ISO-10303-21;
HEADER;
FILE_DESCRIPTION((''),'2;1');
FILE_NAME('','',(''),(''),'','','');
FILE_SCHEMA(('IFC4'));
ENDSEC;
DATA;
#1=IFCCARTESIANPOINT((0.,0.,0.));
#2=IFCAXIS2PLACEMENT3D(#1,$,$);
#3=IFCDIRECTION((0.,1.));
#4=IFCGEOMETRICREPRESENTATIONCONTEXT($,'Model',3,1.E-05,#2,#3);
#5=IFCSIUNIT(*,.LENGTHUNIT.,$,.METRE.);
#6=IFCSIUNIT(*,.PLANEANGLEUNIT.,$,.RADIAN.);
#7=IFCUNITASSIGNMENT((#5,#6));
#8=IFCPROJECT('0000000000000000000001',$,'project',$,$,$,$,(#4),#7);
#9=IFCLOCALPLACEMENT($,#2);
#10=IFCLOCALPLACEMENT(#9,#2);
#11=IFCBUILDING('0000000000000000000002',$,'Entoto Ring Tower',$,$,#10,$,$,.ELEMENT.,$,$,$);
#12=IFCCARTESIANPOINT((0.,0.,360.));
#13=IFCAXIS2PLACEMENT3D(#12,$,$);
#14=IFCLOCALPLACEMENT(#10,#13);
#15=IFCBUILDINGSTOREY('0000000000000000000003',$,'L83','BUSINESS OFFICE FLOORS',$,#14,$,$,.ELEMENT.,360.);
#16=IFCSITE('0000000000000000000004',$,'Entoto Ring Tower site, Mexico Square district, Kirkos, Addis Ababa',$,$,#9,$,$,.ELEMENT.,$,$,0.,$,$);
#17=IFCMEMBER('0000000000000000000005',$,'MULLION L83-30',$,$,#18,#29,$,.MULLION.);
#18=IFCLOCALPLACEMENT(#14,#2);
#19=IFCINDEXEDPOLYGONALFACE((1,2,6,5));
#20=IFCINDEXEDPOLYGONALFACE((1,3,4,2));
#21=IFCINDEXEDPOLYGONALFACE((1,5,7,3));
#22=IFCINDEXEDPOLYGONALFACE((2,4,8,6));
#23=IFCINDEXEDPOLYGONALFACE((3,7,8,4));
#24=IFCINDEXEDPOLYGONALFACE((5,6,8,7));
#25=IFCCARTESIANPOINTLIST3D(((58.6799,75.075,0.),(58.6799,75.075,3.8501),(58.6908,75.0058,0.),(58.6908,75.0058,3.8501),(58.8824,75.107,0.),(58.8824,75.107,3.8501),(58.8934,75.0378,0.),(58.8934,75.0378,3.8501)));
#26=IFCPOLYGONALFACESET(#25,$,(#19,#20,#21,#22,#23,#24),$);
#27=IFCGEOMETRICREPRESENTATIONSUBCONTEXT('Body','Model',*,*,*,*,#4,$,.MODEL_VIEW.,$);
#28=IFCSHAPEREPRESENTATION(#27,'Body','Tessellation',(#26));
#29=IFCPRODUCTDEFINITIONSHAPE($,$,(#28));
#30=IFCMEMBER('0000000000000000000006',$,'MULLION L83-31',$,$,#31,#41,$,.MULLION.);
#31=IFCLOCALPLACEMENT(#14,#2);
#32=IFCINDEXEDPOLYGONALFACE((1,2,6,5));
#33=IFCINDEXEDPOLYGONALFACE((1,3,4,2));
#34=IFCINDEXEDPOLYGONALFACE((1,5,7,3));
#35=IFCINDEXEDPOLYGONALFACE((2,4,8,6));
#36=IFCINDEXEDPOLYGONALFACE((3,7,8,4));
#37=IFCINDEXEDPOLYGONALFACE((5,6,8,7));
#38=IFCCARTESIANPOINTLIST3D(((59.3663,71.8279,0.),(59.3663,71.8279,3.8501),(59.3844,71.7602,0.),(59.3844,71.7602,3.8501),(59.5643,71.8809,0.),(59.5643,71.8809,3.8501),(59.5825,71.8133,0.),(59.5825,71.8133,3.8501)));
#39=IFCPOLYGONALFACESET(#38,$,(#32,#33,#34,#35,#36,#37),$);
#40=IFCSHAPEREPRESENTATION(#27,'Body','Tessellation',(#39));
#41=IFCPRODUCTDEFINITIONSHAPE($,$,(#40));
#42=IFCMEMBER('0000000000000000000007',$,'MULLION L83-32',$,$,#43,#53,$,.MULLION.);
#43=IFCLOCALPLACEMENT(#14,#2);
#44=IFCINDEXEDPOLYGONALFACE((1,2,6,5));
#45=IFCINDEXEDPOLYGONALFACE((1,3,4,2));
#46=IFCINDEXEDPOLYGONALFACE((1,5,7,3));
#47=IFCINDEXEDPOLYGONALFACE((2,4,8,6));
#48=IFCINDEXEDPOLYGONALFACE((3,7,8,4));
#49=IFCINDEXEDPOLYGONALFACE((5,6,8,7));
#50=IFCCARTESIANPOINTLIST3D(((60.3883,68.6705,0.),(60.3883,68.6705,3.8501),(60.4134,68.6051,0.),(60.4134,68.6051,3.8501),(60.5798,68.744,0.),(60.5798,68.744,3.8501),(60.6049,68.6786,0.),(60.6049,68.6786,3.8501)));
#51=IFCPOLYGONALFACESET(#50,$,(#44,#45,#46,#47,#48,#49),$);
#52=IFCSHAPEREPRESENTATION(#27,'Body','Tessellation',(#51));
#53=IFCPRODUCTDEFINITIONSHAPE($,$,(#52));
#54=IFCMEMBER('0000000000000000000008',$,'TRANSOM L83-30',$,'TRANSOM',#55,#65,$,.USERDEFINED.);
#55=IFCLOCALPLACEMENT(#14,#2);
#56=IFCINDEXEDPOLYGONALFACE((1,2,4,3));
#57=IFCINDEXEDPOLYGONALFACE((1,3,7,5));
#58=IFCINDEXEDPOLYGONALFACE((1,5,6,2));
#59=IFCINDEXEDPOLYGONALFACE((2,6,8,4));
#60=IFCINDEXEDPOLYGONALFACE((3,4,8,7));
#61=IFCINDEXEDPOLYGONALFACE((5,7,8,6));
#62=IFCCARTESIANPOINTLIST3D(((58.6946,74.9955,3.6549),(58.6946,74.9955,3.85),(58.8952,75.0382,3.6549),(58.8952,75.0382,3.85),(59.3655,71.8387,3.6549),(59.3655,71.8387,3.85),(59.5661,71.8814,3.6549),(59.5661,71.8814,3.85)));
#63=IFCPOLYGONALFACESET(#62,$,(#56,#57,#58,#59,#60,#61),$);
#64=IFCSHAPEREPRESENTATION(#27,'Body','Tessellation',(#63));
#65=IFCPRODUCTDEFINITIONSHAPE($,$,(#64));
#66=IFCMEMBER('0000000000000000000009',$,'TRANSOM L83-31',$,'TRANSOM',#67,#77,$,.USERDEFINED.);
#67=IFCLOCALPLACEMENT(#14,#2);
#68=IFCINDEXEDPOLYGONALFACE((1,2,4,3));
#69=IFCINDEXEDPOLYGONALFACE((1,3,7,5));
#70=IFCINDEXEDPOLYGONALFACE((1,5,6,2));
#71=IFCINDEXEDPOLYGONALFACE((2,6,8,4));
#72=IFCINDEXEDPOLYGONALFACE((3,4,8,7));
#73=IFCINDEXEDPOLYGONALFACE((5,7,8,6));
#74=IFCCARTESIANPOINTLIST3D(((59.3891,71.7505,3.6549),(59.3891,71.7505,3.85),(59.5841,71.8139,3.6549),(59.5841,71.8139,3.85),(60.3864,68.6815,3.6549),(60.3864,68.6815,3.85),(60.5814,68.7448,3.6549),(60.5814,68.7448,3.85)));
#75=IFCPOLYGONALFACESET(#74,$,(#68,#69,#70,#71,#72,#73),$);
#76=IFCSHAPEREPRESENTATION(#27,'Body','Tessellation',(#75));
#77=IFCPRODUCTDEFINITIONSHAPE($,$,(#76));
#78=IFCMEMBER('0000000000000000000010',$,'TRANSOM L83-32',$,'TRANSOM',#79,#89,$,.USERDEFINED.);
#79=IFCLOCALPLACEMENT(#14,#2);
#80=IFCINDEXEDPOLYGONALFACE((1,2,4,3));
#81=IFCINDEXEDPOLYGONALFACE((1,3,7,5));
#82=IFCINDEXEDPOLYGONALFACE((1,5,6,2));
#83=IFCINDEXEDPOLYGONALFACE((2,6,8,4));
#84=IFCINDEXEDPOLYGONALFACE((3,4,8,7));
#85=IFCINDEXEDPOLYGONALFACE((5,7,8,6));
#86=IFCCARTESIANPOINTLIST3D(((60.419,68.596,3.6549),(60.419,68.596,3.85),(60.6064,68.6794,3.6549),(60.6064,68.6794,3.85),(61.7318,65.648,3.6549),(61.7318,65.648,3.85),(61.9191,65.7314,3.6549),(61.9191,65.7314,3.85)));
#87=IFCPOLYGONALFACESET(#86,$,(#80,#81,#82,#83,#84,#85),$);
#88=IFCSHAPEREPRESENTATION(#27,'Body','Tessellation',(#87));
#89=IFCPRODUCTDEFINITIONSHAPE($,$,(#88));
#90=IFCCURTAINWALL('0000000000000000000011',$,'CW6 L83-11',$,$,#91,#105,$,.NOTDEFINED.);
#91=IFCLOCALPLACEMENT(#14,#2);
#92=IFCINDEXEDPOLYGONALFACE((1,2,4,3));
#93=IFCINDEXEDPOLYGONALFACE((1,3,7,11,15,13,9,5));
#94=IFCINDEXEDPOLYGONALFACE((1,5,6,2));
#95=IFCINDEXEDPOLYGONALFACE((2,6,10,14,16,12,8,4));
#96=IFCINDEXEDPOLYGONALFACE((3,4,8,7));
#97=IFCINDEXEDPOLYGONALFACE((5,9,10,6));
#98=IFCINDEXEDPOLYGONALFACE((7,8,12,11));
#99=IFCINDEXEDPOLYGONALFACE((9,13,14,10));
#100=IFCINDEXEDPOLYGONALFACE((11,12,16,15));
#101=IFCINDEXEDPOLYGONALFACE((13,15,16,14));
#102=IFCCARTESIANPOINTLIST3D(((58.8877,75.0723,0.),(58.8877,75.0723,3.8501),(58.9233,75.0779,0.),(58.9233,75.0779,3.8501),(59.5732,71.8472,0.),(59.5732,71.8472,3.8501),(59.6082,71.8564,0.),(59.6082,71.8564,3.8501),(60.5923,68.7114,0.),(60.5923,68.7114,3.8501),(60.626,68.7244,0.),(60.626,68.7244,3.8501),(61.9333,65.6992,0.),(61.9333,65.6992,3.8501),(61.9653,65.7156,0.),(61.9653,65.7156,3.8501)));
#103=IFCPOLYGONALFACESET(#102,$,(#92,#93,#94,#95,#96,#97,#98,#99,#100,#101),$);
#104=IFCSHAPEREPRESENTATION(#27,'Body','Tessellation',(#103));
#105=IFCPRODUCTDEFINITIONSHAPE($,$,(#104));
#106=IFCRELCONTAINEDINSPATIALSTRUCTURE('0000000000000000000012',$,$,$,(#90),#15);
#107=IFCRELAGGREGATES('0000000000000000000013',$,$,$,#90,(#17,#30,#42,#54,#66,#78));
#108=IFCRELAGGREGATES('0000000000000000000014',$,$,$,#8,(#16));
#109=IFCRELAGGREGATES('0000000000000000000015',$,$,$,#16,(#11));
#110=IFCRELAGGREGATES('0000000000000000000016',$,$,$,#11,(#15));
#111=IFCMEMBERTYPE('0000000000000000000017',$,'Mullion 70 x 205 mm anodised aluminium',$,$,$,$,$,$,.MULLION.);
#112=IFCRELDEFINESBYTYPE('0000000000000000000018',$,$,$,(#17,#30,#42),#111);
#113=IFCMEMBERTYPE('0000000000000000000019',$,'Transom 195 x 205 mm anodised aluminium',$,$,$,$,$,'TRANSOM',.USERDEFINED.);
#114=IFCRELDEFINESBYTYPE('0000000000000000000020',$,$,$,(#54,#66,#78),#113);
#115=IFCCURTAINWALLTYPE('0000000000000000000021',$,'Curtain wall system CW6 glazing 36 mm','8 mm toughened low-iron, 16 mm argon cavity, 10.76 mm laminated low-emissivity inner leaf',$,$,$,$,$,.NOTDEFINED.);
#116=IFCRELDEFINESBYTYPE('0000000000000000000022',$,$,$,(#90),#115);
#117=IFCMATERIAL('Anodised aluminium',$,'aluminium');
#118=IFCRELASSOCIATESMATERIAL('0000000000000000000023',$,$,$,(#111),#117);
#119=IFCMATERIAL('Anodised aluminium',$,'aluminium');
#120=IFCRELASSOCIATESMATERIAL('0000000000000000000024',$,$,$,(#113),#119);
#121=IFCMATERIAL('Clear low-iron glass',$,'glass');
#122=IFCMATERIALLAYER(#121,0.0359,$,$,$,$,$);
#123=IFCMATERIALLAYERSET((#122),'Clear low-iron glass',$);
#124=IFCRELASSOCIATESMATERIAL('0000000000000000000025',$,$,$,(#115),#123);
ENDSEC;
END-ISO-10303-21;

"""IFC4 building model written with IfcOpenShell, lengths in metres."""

from ifc_helpers import new_model, si_unit, direction, frame, origin, origin_2d, place, context, subcontext, project, spatial, polyline, rectangle, outline, extrude, material, layer, layer_set, material_profile, profile_set, type_object, element, aggregate, save


model = new_model("IFC4")

# Units and contexts
model_context = context("Model", 3, precision=1e-05, world=origin(), true_north=direction((0.0, 1.0)))
body_context = subcontext(model_context, "Body", "Model", "MODEL_VIEW")
ifc_project = project(units=[si_unit("LENGTHUNIT", "METRE"), si_unit("PLANEANGLEUNIT", "RADIAN")], contexts=[model_context])

# Members
ifc_material_1 = material(Name="Anodised aluminium", Category="aluminium")
ifc_material_profile_1 = material_profile(ifc_material_1, rectangle(XDim=0.0701, YDim=0.2051, at=origin_2d()), Name="Mullion 70 x 205 mm anodised aluminium")
ifc_profile_set_1 = profile_set([ifc_material_profile_1], Name="Anodised aluminium")
member_type_1 = type_object("IfcMemberType", Name="Mullion 70 x 205 mm anodised aluminium", PredefinedType="MULLION", material=ifc_profile_set_1)
site_placement = place(None, origin())
building_placement = place(site_placement, origin())
storey_placement = place(building_placement, frame((0.0, 0.0, 360.0)))
member_1_placement = place(storey_placement, frame((58.7866, 75.0564, 0.0), z_axis=(0.0, 0.0, 1.0), x_axis=(0.156434, -0.987688, 0.0)))
member_1 = element("IfcMember", 1, at=member_1_placement, type_object=member_type_1, Name="MULLION L83-30", PredefinedType="MULLION", context=body_context, shape_type="SweptSolid", body=[
    extrude(rectangle(XDim=0.0701, YDim=0.2051, at=origin_2d()), origin(), (0.0, 0.0, 1.0), 3.8501),
])
member_2_placement = place(storey_placement, frame((59.4744, 71.8206, 0.0), z_axis=(0.0, 0.0, 1.0), x_axis=(0.258819, -0.965926, 0.0)))
member_2 = element("IfcMember", 2, at=member_2_placement, type_object=member_type_1, Name="MULLION L83-31", PredefinedType="MULLION", context=body_context, shape_type="SweptSolid", body=[
    extrude(rectangle(XDim=0.0701, YDim=0.2051, at=origin_2d()), origin(), (0.0, 0.0, 1.0), 3.8501),
])
member_3_placement = place(storey_placement, frame((60.4966, 68.6746, 0.0), z_axis=(0.0, 0.0, 1.0), x_axis=(0.358368, -0.93358, 0.0)))
member_3 = element("IfcMember", 3, at=member_3_placement, type_object=member_type_1, Name="MULLION L83-32", PredefinedType="MULLION", context=body_context, shape_type="SweptSolid", body=[
    extrude(rectangle(XDim=0.0701, YDim=0.2051, at=origin_2d()), origin(), (0.0, 0.0, 1.0), 3.8501),
])
ifc_material_2 = material(Name="Anodised aluminium", Category="aluminium")
ifc_material_profile_2 = material_profile(ifc_material_2, rectangle(XDim=0.2051, YDim=0.1951, at=origin_2d()), Name="Transom 195 x 205 mm anodised aluminium")
ifc_profile_set_2 = profile_set([ifc_material_profile_2], Name="Anodised aluminium")
member_type_2 = type_object("IfcMemberType", Name="Transom 195 x 205 mm anodised aluminium", ElementType="TRANSOM", PredefinedType="USERDEFINED", material=ifc_profile_set_2)
member_4_placement = place(storey_placement, frame((58.7949, 75.0168, 3.7524), z_axis=(0.207886, -0.978153, 0.0), x_axis=(0.978153, 0.207886, 0.0)))
member_4 = element("IfcMember", 4, at=member_4_placement, type_object=member_type_2, Name="TRANSOM L83-30", ObjectType="TRANSOM", PredefinedType="USERDEFINED", context=body_context, shape_type="SweptSolid", body=[
    extrude(rectangle(XDim=0.2051, YDim=0.1951, at=origin_2d()), origin(), (0.0, 0.0, 1.0), 3.2273),
])
member_5_placement = place(storey_placement, frame((59.4866, 71.7822, 3.7524), z_axis=(0.309047, -0.951047, 0.0), x_axis=(0.951047, 0.309047, 0.0)))
member_5 = element("IfcMember", 5, at=member_5_placement, type_object=member_type_2, Name="TRANSOM L83-31", ObjectType="TRANSOM", PredefinedType="USERDEFINED", context=body_context, shape_type="SweptSolid", body=[
    extrude(rectangle(XDim=0.2051, YDim=0.1951, at=origin_2d()), origin(), (0.0, 0.0, 1.0), 3.2271),
])
member_6_placement = place(storey_placement, frame((60.5127, 68.6377, 3.7524), z_axis=(0.406791, -0.913521, 0.0), x_axis=(0.913521, 0.406791, 0.0)))
member_6 = element("IfcMember", 6, at=member_6_placement, type_object=member_type_2, Name="TRANSOM L83-32", ObjectType="TRANSOM", PredefinedType="USERDEFINED", context=body_context, shape_type="SweptSolid", body=[
    extrude(rectangle(XDim=0.2051, YDim=0.1951, at=origin_2d()), origin(), (0.0, 0.0, 1.0), 3.2271),
])

# Site, building, storey
site = spatial("IfcSite", under=ifc_project, at=site_placement, Name="Entoto Ring Tower site, Mexico Square district, Kirkos, Addis Ababa", CompositionType="ELEMENT", RefElevation=0.0)
building = spatial("IfcBuilding", under=site, at=building_placement, Name="Entoto Ring Tower", CompositionType="ELEMENT")
storey = spatial("IfcBuildingStorey", under=building, at=storey_placement, Name="L83", Description="BUSINESS OFFICE FLOORS", CompositionType="ELEMENT", Elevation=360.0)

# Curtain wall
ifc_material_3 = material(Name="Clear low-iron glass", Category="glass")
ifc_layer = layer(ifc_material_3, 0.0359)
ifc_layer_set = layer_set([ifc_layer], Name="Clear low-iron glass")
curtain_wall_type = type_object("IfcCurtainWallType", Name="Curtain wall system CW6 glazing 36 mm", Description="8 mm toughened low-iron, 16 mm argon cavity, 10.76 mm laminated low-emissivity inner leaf", PredefinedType="NOTDEFINED", material=ifc_layer_set)
curtain_wall_1_placement = place(storey_placement, origin())
curtain_wall_1 = element("IfcCurtainWall", 7, at=curtain_wall_1_placement, inside=storey, type_object=curtain_wall_type, Name="CW6 L83-11", PredefinedType="NOTDEFINED", context=body_context, shape_type="SweptSolid", body=[
    extrude(outline(polyline([(58.8877, 75.0723), (59.5732, 71.8472), (60.5923, 68.7114), (61.9333, 65.6992), (61.9653, 65.7156), (60.626, 68.7244), (59.6082, 71.8564), (58.9233, 75.0779), (58.8877, 75.0723)])), origin(), (0.0, 0.0, 1.0), 3.8501),
])
aggregate(curtain_wall_1, [member_1, member_2, member_3, member_4, member_5, member_6])

save(model, "model.ifc")
